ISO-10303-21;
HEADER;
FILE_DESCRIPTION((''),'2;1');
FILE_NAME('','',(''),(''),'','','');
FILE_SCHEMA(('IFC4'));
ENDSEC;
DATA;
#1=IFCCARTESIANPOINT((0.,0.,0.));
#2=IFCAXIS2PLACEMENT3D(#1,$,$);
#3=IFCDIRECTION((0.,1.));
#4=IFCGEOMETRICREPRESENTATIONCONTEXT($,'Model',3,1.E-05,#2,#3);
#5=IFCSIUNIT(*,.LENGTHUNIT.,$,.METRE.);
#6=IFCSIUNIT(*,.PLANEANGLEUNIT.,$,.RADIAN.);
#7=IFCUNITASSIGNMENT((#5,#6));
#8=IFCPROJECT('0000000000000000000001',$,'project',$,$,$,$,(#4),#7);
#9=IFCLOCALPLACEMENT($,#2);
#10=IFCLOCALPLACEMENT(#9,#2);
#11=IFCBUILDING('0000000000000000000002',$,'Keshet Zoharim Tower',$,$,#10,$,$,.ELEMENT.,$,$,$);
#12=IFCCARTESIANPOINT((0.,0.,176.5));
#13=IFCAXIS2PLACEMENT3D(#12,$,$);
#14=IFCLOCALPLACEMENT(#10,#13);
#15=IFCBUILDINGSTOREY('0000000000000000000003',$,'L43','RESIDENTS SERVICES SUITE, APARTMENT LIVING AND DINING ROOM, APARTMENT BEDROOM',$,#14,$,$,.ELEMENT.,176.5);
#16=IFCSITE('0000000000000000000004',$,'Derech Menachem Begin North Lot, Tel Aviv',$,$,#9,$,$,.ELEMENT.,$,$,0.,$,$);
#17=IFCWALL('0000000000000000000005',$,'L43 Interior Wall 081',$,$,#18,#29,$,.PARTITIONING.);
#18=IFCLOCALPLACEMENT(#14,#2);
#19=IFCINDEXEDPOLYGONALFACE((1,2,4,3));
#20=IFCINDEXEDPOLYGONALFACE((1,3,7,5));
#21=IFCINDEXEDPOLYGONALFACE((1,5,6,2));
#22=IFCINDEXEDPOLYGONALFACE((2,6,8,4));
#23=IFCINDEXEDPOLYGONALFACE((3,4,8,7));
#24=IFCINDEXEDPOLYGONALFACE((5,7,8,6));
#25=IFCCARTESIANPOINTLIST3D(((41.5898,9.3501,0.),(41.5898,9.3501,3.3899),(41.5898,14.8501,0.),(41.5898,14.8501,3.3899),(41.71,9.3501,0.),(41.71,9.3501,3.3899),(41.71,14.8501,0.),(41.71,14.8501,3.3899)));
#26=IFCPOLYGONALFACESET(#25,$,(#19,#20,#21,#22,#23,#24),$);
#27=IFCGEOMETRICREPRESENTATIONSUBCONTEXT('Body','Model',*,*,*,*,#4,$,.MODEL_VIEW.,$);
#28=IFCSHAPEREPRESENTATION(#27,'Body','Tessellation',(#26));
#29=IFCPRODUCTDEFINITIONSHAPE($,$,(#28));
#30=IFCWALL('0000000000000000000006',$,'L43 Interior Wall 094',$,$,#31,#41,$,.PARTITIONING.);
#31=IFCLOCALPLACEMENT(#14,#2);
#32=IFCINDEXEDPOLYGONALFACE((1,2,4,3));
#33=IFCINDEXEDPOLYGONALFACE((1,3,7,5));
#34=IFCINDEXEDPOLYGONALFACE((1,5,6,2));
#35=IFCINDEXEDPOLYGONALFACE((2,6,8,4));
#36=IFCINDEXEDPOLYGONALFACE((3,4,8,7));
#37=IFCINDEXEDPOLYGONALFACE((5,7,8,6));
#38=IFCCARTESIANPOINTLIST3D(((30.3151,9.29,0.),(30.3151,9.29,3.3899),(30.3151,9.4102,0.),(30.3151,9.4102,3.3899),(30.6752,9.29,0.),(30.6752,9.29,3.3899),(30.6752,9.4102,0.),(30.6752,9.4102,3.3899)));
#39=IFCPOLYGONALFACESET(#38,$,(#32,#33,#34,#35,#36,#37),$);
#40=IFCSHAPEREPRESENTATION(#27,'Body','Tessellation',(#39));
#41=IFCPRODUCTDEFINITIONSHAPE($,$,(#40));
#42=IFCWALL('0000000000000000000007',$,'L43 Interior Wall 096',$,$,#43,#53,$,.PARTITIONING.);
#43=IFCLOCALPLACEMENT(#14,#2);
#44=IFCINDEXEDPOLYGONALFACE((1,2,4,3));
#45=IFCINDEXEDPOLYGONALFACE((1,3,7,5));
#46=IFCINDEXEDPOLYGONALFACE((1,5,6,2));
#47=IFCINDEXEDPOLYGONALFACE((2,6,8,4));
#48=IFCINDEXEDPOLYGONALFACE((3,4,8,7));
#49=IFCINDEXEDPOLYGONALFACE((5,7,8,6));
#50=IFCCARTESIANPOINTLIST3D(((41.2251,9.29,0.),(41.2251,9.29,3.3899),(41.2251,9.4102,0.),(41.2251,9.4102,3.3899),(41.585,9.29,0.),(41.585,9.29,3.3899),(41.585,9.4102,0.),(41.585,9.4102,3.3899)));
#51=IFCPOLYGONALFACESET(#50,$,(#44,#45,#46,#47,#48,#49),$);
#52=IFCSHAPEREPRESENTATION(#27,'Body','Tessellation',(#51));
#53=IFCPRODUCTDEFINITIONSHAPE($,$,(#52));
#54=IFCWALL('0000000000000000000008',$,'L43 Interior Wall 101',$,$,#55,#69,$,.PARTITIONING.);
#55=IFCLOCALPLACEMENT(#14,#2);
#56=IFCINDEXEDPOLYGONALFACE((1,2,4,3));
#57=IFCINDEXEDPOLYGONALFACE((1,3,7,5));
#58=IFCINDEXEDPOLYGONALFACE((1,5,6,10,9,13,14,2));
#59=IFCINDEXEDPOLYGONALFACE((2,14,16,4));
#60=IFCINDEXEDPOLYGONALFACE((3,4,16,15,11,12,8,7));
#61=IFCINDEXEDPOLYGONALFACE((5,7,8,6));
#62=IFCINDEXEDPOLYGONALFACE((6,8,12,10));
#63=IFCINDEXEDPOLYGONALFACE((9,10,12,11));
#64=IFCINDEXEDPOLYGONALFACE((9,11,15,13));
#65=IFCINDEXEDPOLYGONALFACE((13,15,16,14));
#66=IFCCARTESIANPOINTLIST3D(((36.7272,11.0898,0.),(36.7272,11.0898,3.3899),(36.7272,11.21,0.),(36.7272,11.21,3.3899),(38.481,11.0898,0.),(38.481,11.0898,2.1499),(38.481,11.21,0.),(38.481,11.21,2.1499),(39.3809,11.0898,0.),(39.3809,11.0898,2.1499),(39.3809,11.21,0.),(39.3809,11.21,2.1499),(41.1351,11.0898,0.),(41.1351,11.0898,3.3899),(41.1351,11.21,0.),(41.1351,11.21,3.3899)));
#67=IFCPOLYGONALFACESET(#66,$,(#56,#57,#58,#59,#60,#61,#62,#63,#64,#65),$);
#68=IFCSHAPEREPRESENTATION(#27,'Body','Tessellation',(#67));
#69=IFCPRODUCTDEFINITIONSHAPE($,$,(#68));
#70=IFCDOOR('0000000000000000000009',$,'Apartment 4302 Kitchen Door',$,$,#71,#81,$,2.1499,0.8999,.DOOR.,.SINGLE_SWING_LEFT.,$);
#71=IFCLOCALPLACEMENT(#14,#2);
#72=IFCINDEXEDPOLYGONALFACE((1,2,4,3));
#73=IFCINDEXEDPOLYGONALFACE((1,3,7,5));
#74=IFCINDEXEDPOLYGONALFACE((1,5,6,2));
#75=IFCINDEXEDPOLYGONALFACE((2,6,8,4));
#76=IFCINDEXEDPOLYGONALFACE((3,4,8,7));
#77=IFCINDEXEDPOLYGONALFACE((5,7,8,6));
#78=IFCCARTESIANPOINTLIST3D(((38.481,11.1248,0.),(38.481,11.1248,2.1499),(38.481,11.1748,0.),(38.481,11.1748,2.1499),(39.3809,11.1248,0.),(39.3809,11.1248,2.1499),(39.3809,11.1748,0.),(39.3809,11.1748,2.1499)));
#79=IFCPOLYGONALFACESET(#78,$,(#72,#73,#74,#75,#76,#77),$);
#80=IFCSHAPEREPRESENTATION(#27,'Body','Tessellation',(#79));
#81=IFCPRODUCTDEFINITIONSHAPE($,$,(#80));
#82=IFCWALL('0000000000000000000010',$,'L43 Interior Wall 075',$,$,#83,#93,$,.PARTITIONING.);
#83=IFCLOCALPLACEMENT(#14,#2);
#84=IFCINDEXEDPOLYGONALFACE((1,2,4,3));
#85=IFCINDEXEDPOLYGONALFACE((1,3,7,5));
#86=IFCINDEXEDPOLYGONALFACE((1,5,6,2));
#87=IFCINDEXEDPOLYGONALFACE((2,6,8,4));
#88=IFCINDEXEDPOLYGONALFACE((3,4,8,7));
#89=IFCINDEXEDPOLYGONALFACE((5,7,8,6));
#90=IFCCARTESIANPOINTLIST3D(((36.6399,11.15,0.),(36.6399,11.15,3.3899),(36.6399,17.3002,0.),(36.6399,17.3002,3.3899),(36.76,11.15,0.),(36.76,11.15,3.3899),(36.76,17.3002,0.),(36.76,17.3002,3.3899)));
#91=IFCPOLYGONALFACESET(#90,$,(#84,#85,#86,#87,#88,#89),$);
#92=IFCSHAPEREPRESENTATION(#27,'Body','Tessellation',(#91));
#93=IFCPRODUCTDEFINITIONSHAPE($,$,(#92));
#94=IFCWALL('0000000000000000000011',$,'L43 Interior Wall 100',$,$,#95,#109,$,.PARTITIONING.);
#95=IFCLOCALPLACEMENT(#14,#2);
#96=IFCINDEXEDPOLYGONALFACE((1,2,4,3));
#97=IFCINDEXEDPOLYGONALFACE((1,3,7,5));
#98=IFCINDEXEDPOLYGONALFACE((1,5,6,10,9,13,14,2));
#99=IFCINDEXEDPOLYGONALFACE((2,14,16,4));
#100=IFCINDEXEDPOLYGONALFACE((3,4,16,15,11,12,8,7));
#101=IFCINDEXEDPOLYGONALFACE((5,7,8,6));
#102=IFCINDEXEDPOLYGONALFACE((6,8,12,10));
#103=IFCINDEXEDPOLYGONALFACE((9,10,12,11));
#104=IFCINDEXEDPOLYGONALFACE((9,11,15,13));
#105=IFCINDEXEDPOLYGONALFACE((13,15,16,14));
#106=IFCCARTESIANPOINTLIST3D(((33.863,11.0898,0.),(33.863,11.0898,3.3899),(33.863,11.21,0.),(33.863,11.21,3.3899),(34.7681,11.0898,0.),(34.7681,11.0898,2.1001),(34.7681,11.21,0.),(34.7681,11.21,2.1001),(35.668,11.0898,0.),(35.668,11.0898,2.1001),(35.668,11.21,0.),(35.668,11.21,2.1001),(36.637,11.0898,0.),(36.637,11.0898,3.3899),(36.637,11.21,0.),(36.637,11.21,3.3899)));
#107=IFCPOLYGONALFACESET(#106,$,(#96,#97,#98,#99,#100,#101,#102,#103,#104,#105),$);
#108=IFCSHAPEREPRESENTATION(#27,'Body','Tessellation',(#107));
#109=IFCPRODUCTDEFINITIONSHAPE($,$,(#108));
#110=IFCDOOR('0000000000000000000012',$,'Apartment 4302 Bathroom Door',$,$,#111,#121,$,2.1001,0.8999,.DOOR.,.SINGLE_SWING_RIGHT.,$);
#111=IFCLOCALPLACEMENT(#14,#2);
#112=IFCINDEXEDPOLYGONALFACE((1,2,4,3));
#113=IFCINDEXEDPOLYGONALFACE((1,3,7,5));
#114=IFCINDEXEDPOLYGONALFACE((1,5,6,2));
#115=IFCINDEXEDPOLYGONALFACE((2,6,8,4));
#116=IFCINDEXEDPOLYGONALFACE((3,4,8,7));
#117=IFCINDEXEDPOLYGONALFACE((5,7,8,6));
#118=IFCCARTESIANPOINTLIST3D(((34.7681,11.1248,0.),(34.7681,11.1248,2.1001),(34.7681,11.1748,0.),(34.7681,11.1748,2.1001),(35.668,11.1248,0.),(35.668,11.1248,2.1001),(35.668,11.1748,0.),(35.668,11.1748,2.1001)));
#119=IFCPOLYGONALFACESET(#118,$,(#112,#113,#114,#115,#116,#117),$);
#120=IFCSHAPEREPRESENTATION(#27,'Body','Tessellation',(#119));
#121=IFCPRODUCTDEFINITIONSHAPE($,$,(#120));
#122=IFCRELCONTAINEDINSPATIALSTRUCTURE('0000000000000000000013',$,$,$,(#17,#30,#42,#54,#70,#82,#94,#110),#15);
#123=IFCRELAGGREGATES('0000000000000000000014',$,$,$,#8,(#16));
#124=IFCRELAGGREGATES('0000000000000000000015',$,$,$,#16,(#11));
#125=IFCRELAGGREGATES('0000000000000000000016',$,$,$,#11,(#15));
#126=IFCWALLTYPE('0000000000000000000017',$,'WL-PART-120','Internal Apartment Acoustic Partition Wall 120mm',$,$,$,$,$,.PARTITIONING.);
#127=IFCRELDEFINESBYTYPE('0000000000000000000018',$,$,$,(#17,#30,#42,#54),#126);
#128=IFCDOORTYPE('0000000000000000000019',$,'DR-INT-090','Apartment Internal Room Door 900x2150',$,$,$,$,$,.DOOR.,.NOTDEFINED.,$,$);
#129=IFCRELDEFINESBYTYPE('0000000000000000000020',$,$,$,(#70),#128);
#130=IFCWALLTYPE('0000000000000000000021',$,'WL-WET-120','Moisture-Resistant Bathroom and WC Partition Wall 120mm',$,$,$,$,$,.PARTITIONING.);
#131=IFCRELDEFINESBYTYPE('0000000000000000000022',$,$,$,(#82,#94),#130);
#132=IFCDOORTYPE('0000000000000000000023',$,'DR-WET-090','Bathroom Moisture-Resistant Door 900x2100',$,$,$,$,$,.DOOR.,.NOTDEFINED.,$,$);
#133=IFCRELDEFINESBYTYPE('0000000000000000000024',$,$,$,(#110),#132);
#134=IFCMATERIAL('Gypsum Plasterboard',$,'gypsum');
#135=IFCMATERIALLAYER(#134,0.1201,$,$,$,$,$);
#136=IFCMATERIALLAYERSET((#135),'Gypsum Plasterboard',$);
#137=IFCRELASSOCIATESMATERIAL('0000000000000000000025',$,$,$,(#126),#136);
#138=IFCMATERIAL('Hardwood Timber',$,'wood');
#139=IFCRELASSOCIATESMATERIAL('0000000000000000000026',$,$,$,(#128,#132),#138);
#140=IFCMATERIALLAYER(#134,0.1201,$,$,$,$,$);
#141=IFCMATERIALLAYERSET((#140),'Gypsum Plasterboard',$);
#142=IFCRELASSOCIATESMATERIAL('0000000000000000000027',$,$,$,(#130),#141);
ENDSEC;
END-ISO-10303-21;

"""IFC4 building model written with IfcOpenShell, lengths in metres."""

from ifc_helpers import new_model, si_unit, direction, frame, frame_2d, origin, place, context, subcontext, project, spatial, rectangle, extrude, material, layer, layer_set, type_object, element, fill, save


model = new_model("IFC4")

# Units and contexts
model_context = context("Model", 3, precision=1e-05, world=origin(), true_north=direction((0.0, 1.0)))
body_context = subcontext(model_context, "Body", "Model", "MODEL_VIEW")
ifc_project = project(units=[si_unit("LENGTHUNIT", "METRE"), si_unit("PLANEANGLEUNIT", "RADIAN")], contexts=[model_context])

# Site, building, storey
site_placement = place(None, origin())
site = spatial("IfcSite", under=ifc_project, at=site_placement, Name="Derech Menachem Begin North Lot, Tel Aviv", CompositionType="ELEMENT", RefElevation=0.0)
building_placement = place(site_placement, origin())
building = spatial("IfcBuilding", under=site, at=building_placement, Name="Keshet Zoharim Tower", CompositionType="ELEMENT")
storey_placement = place(building_placement, frame((0.0, 0.0, 176.5)))
storey = spatial("IfcBuildingStorey", under=building, at=storey_placement, Name="L43", Description="RESIDENTS SERVICES SUITE, APARTMENT LIVING AND DINING ROOM, APARTMENT BEDROOM", CompositionType="ELEMENT", Elevation=176.5)

# Shared definitions
ifc_material_1 = material(Name="Hardwood Timber", Category="wood")

# Walls
ifc_material_2 = material(Name="Gypsum Plasterboard", Category="gypsum")
ifc_layer_1 = layer(ifc_material_2, 0.1201)
ifc_layer_set_1 = layer_set([ifc_layer_1], Name="Gypsum Plasterboard")
wall_type_1 = type_object("IfcWallType", Name="WL-PART-120", Description="Internal Apartment Acoustic Partition Wall 120mm", PredefinedType="PARTITIONING", material=ifc_layer_set_1)
wall_1_placement = place(storey_placement, frame((41.6499, 9.3501, 0.0), z_axis=(0.0, 0.0, 1.0), x_axis=(0.0, 1.0, 0.0)))
element("IfcWall", 1, at=wall_1_placement, inside=storey, type_object=wall_type_1, Name="L43 Interior Wall 081", PredefinedType="PARTITIONING", context=body_context, shape_type="SweptSolid", body=[
    extrude(rectangle(XDim=5.5, YDim=0.1201, at=frame_2d((2.75, 0.0))), origin(), (0.0, 0.0, 1.0), 3.3899),
])
wall_2_placement = place(storey_placement, frame((30.3149, 9.3501, 0.0), z_axis=(0.0, 0.0, 1.0), x_axis=(1.0, 0.0, 0.0)))
element("IfcWall", 2, at=wall_2_placement, inside=storey, type_object=wall_type_1, Name="L43 Interior Wall 094", PredefinedType="PARTITIONING", context=body_context, shape_type="SweptSolid", body=[
    extrude(rectangle(XDim=0.3601, YDim=0.1201, at=frame_2d((0.1802, 0.0))), origin(), (0.0, 0.0, 1.0), 3.3899),
])

# Shared definitions
door_type_1 = type_object("IfcDoorType", Name="DR-INT-090", Description="Apartment Internal Room Door 900x2150", OperationType="NOTDEFINED", PredefinedType="DOOR", material=ifc_material_1)

# Wall
wall_3_placement = place(storey_placement, frame((41.2251, 9.3501, 0.0), z_axis=(0.0, 0.0, 1.0), x_axis=(1.0, 0.0, 0.0)))
element("IfcWall", 3, at=wall_3_placement, inside=storey, type_object=wall_type_1, Name="L43 Interior Wall 096", PredefinedType="PARTITIONING", context=body_context, shape_type="SweptSolid", body=[
    extrude(rectangle(XDim=0.3599, YDim=0.1201, at=frame_2d((0.1799, 0.0))), origin(), (0.0, 0.0, 1.0), 3.3899),
])

# Wall, opening, door
wall_4_placement = place(storey_placement, frame((36.7271, 11.1499, 0.0), z_axis=(0.0, 0.0, 1.0), x_axis=(1.0, 0.0, 0.0)))
wall_4 = element("IfcWall", 4, at=wall_4_placement, inside=storey, type_object=wall_type_1, Name="L43 Interior Wall 101", PredefinedType="PARTITIONING", context=body_context, shape_type="SweptSolid", body=[
    extrude(rectangle(XDim=4.408, YDim=0.1201, at=frame_2d((2.2041, 0.0))), origin(), (0.0, 0.0, 1.0), 3.3899),
])
opening_1_placement = place(wall_4_placement, frame((1.7539, 0.0, 0.0)))
opening_1 = element("IfcOpeningElement", 5, at=opening_1_placement, cuts=wall_4, PredefinedType="OPENING", context=body_context, shape_type="SweptSolid", body=[
    extrude(rectangle(XDim=0.8999, YDim=2.1499, at=frame_2d((0.45, 1.075))), frame((0.0, 0.0701, 0.0), z_axis=(0.0, -1.0, 0.0), x_axis=(1.0, 0.0, 0.0)), (0.0, 0.0, 1.0), 0.1401),
])
door_1_placement = place(opening_1_placement, origin())
door_1 = element("IfcDoor", 6, at=door_1_placement, inside=storey, type_object=door_type_1, Name="Apartment 4302 Kitchen Door", OperationType="SINGLE_SWING_LEFT", OverallHeight=2.1499, OverallWidth=0.8999, PredefinedType="DOOR", context=body_context, shape_type="SweptSolid", body=[
    extrude(rectangle(XDim=0.8999, YDim=2.1499, at=frame_2d((0.45, 1.075))), frame((0.0, 0.0249, 0.0), z_axis=(0.0, -1.0, 0.0), x_axis=(1.0, 0.0, 0.0)), (0.0, 0.0, 1.0), 0.05),
])
fill(opening_1, door_1)

# Wall
ifc_layer_2 = layer(ifc_material_2, 0.1201)
ifc_layer_set_2 = layer_set([ifc_layer_2], Name="Gypsum Plasterboard")
wall_type_2 = type_object("IfcWallType", Name="WL-WET-120", Description="Moisture-Resistant Bathroom and WC Partition Wall 120mm", PredefinedType="PARTITIONING", material=ifc_layer_set_2)
wall_5_placement = place(storey_placement, frame((36.7, 11.1499, 0.0), z_axis=(0.0, 0.0, 1.0), x_axis=(0.0, 1.0, 0.0)))
element("IfcWall", 7, at=wall_5_placement, inside=storey, type_object=wall_type_2, Name="L43 Interior Wall 075", PredefinedType="PARTITIONING", context=body_context, shape_type="SweptSolid", body=[
    extrude(rectangle(XDim=6.1501, YDim=0.1201, at=frame_2d((3.0752, 0.0))), origin(), (0.0, 0.0, 1.0), 3.3899),
])

# Wall, opening, door
wall_6_placement = place(storey_placement, frame((33.863, 11.1499, 0.0), z_axis=(0.0, 0.0, 1.0), x_axis=(1.0, 0.0, 0.0)))
wall_6 = element("IfcWall", 8, at=wall_6_placement, inside=storey, type_object=wall_type_2, Name="L43 Interior Wall 100", PredefinedType="PARTITIONING", context=body_context, shape_type="SweptSolid", body=[
    extrude(rectangle(XDim=2.7739, YDim=0.1201, at=frame_2d((1.387, 0.0))), origin(), (0.0, 0.0, 1.0), 3.3899),
])
opening_2_placement = place(wall_6_placement, frame((0.905, 0.0, 0.0)))
opening_2 = element("IfcOpeningElement", 9, at=opening_2_placement, cuts=wall_6, PredefinedType="OPENING", context=body_context, shape_type="SweptSolid", body=[
    extrude(rectangle(XDim=0.8999, YDim=2.1001, at=frame_2d((0.45, 1.05))), frame((0.0, 0.0701, 0.0), z_axis=(0.0, -1.0, 0.0), x_axis=(1.0, 0.0, 0.0)), (0.0, 0.0, 1.0), 0.1401),
])
door_type_2 = type_object("IfcDoorType", Name="DR-WET-090", Description="Bathroom Moisture-Resistant Door 900x2100", OperationType="NOTDEFINED", PredefinedType="DOOR", material=ifc_material_1)
door_2_placement = place(opening_2_placement, origin())
door_2 = element("IfcDoor", 10, at=door_2_placement, inside=storey, type_object=door_type_2, Name="Apartment 4302 Bathroom Door", OperationType="SINGLE_SWING_RIGHT", OverallHeight=2.1001, OverallWidth=0.8999, PredefinedType="DOOR", context=body_context, shape_type="SweptSolid", body=[
    extrude(rectangle(XDim=0.8999, YDim=2.1001, at=frame_2d((0.45, 1.05))), frame((0.0, 0.0249, 0.0), z_axis=(0.0, -1.0, 0.0), x_axis=(1.0, 0.0, 0.0)), (0.0, 0.0, 1.0), 0.05),
])
fill(opening_2, door_2)

save(model, "model.ifc")
